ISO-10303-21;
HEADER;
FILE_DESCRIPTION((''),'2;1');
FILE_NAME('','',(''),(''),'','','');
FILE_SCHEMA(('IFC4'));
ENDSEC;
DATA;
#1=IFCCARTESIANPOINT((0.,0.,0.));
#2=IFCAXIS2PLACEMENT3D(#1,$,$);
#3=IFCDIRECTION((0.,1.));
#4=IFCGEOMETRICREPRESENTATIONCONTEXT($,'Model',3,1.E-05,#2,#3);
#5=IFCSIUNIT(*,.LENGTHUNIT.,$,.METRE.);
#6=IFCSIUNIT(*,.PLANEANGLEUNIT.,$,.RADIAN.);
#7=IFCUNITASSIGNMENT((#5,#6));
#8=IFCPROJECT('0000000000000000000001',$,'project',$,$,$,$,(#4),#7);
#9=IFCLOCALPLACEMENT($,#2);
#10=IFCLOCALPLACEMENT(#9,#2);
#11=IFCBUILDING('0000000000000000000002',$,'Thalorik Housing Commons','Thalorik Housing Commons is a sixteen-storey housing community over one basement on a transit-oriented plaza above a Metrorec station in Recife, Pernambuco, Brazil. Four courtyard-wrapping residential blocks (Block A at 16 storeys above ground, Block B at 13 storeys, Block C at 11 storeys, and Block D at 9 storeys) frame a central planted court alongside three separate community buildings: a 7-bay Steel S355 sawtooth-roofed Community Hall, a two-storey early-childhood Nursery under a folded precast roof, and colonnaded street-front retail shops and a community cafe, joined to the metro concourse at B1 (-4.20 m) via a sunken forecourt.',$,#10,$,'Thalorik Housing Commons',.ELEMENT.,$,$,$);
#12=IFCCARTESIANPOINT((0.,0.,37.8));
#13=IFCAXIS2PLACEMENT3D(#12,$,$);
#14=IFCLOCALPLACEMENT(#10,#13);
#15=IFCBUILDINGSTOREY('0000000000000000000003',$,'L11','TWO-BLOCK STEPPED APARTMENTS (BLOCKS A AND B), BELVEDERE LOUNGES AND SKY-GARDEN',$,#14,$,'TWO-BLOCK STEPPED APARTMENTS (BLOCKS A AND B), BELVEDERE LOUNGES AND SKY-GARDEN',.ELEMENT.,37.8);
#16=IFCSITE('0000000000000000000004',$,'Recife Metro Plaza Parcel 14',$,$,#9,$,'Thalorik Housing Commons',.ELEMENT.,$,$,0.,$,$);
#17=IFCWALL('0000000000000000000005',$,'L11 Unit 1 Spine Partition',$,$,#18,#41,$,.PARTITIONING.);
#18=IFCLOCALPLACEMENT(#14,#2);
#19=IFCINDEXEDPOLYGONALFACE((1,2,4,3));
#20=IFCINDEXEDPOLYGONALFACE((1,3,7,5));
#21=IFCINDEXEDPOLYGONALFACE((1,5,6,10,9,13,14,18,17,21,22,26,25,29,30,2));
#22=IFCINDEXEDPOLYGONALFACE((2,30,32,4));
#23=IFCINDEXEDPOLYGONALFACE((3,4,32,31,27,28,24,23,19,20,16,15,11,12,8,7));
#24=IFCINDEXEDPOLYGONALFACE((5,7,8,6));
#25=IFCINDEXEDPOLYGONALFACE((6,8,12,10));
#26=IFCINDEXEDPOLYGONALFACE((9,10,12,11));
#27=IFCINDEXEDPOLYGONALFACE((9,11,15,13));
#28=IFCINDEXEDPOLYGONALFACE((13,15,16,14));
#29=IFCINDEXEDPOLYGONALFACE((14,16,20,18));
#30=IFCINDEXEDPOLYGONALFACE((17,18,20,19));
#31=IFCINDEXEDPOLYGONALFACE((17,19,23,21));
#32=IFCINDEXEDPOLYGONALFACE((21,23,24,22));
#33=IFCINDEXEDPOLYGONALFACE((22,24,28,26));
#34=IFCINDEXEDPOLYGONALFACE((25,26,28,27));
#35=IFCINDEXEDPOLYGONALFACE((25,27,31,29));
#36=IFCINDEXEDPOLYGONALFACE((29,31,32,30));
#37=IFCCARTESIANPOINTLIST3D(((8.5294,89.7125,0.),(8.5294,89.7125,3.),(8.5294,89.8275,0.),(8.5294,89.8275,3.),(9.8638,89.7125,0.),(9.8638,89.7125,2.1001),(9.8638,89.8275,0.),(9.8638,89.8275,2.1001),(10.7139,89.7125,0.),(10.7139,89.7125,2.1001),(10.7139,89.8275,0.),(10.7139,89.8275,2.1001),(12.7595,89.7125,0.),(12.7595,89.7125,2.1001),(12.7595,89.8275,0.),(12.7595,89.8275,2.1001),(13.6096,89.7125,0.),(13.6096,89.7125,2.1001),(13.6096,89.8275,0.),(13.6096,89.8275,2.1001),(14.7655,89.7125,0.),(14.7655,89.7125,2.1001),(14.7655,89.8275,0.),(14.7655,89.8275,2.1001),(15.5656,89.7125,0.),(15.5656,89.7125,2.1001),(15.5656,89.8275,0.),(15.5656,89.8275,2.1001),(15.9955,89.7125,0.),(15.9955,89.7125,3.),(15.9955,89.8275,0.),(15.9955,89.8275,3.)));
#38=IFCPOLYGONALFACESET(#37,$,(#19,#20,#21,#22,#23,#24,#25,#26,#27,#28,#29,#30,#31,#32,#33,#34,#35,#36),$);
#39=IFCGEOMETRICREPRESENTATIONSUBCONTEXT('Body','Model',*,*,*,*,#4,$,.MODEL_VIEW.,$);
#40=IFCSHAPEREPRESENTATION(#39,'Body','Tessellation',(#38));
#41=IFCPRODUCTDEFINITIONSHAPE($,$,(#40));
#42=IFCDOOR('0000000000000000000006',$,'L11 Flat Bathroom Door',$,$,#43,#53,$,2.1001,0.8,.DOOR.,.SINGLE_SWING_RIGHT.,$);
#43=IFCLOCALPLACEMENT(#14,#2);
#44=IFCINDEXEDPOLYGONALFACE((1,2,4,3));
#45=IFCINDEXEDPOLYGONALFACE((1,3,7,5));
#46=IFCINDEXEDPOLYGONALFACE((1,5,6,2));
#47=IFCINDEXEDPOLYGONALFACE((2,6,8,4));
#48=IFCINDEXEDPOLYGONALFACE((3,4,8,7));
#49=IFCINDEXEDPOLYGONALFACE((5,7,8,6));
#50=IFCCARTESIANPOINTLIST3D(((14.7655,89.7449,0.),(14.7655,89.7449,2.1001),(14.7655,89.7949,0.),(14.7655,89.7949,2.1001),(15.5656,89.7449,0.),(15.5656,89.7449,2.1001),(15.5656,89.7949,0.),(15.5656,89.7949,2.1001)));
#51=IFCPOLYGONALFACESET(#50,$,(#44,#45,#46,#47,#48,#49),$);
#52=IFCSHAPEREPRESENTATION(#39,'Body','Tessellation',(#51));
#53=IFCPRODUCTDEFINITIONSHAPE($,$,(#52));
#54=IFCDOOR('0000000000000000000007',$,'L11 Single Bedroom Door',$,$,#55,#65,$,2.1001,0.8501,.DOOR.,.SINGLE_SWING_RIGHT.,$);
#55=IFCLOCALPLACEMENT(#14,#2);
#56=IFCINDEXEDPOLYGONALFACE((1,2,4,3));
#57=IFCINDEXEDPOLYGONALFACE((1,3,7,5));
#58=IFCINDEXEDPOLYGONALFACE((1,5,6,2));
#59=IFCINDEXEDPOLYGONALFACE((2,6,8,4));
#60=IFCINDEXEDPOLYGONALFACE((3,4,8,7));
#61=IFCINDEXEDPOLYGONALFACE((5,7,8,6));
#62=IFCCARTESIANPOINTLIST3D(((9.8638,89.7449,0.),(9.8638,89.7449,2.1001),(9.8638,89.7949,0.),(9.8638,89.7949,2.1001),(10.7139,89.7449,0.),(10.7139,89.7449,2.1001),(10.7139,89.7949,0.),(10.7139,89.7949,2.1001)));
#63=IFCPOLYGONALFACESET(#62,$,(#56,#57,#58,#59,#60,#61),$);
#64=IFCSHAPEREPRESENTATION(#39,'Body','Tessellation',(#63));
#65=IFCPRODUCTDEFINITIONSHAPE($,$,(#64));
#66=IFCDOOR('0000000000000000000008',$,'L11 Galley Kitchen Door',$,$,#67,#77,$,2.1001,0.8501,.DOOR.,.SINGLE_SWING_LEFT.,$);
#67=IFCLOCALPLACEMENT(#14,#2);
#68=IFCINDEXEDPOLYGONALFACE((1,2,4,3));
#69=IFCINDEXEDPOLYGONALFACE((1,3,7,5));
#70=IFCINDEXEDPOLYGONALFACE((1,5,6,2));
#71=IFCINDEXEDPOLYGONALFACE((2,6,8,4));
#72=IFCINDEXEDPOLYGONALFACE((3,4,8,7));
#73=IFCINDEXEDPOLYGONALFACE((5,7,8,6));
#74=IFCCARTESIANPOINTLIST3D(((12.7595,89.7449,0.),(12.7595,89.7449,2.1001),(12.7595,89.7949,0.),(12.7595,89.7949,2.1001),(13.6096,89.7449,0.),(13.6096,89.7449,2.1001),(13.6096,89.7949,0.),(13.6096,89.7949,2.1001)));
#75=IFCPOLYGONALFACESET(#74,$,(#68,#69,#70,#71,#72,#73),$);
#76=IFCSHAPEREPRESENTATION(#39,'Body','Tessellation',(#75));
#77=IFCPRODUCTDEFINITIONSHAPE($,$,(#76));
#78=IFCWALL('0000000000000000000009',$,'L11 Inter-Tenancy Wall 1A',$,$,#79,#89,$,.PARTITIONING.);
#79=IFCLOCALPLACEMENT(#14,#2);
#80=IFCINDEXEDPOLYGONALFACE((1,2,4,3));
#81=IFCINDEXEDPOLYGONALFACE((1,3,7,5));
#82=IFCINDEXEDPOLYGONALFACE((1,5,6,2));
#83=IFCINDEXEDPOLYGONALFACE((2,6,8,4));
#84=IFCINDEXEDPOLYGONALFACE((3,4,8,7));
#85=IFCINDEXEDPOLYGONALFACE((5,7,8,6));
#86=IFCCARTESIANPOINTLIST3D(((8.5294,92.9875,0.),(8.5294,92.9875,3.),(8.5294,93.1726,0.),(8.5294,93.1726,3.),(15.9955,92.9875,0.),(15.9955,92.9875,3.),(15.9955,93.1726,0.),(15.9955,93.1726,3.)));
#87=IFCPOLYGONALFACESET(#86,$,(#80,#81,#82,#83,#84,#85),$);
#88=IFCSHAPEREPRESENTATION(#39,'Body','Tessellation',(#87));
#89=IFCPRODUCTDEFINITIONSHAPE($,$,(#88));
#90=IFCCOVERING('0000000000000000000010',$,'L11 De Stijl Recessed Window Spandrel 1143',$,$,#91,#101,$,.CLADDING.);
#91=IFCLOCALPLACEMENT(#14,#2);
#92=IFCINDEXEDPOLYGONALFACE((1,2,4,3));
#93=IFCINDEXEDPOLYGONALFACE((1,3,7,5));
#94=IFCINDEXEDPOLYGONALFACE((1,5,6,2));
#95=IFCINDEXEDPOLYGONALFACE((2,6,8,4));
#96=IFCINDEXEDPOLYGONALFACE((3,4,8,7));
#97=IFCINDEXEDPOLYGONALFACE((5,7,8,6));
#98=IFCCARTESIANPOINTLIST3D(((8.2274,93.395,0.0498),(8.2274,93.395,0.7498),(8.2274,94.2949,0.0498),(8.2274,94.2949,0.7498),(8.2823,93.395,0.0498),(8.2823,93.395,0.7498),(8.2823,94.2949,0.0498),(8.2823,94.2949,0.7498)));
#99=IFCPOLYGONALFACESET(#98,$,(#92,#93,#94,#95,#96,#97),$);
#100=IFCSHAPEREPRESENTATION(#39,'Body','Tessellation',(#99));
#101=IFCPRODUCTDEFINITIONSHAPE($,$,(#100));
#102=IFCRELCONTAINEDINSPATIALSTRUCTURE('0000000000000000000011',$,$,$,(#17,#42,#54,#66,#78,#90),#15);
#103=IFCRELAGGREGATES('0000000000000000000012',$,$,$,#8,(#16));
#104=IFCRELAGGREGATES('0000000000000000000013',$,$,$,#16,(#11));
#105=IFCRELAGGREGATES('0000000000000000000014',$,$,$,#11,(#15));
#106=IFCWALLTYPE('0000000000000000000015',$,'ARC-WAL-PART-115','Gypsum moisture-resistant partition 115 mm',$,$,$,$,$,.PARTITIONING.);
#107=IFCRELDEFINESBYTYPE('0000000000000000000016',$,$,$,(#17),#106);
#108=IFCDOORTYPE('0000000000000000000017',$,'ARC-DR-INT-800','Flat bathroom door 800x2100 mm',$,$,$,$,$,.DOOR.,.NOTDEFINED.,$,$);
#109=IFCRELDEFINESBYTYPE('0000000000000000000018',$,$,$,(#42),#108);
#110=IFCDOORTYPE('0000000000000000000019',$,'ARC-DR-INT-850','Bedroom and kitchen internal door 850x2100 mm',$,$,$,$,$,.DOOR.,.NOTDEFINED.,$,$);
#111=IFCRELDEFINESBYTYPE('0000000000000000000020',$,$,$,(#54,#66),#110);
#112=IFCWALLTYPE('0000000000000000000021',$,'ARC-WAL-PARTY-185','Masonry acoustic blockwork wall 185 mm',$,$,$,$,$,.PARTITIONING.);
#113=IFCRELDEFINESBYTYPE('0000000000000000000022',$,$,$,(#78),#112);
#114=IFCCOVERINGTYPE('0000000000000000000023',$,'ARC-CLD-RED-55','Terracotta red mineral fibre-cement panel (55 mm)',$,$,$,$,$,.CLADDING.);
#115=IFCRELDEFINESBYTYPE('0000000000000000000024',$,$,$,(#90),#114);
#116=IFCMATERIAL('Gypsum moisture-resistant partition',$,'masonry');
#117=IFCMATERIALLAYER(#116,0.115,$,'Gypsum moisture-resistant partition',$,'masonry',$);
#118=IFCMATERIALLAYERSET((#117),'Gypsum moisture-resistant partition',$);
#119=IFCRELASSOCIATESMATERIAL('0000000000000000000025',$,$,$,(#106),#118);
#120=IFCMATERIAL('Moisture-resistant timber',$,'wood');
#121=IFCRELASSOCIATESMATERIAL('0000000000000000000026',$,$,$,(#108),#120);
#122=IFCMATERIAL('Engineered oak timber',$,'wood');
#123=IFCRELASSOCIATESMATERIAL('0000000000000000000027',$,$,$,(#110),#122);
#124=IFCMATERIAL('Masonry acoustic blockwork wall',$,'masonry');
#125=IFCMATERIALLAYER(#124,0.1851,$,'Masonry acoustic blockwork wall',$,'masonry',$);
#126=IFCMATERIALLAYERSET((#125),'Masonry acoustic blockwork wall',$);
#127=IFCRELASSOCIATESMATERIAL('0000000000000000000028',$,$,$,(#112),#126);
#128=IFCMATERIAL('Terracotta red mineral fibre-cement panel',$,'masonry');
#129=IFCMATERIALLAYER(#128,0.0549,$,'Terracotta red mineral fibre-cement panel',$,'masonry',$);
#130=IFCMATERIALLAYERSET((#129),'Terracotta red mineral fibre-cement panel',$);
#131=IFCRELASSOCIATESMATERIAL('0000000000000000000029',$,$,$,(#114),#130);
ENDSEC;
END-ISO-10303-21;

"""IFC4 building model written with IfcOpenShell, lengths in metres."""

from ifc_helpers import new_model, si_unit, direction, frame, frame_2d, origin, origin_2d, place, context, subcontext, project, spatial, rectangle, extrude, material, layer, layer_set, type_object, element, fill, save


model = new_model("IFC4")

# Units and contexts
model_context = context("Model", 3, precision=1e-05, world=origin(), true_north=direction((0.0, 1.0)))
body_context = subcontext(model_context, "Body", "Model", "MODEL_VIEW")
ifc_project = project(units=[si_unit("LENGTHUNIT", "METRE"), si_unit("PLANEANGLEUNIT", "RADIAN")], contexts=[model_context])

# Site, building, storey
site_placement = place(None, origin())
site = spatial("IfcSite", under=ifc_project, at=site_placement, Name="Recife Metro Plaza Parcel 14", LongName="Thalorik Housing Commons", CompositionType="ELEMENT", RefElevation=0.0)
building_placement = place(site_placement, origin())
building = spatial("IfcBuilding", under=site, at=building_placement, Name="Thalorik Housing Commons", Description="Thalorik Housing Commons is a sixteen-storey housing community over one basement on a transit-oriented plaza above a Metrorec station in Recife, Pernambuco, Brazil. Four courtyard-wrapping residential blocks (Block A at 16 storeys above ground, Block B at 13 storeys, Block C at 11 storeys, and Block D at 9 storeys) frame a central planted court alongside three separate community buildings: a 7-bay Steel S355 sawtooth-roofed Community Hall, a two-storey early-childhood Nursery under a folded precast roof, and colonnaded street-front retail shops and a community cafe, joined to the metro concourse at B1 (-4.20 m) via a sunken forecourt.", LongName="Thalorik Housing Commons", CompositionType="ELEMENT")
storey_placement = place(building_placement, frame((0.0, 0.0, 37.8)))
storey = spatial("IfcBuildingStorey", under=building, at=storey_placement, Name="L11", Description="TWO-BLOCK STEPPED APARTMENTS (BLOCKS A AND B), BELVEDERE LOUNGES AND SKY-GARDEN", LongName="TWO-BLOCK STEPPED APARTMENTS (BLOCKS A AND B), BELVEDERE LOUNGES AND SKY-GARDEN", CompositionType="ELEMENT", Elevation=37.8)

# Wall, openings, doors
ifc_material_1 = material(Name="Gypsum moisture-resistant partition", Category="masonry")
ifc_layer_1 = layer(ifc_material_1, 0.115, Name="Gypsum moisture-resistant partition", Category="masonry")
ifc_layer_set_1 = layer_set([ifc_layer_1], Name="Gypsum moisture-resistant partition")
wall_type_1 = type_object("IfcWallType", Name="ARC-WAL-PART-115", Description="Gypsum moisture-resistant partition 115 mm", PredefinedType="PARTITIONING", material=ifc_layer_set_1)
wall_1_placement = place(storey_placement, frame((8.5295, 89.77, 0.0), z_axis=(0.0, 0.0, 1.0), x_axis=(1.0, 0.0, 0.0)))
wall_1 = element("IfcWall", 1, at=wall_1_placement, inside=storey, type_object=wall_type_1, Name="L11 Unit 1 Spine Partition", PredefinedType="PARTITIONING", context=body_context, shape_type="SweptSolid", body=[
    extrude(rectangle(XDim=7.4661, YDim=0.115, at=frame_2d((3.7329, 0.0))), origin(), (0.0, 0.0, 1.0), 3.0),
])
opening_1_placement = place(wall_1_placement, frame((1.3342, 0.0, 0.0)))
opening_1 = element("IfcOpeningElement", 2, at=opening_1_placement, cuts=wall_1, PredefinedType="OPENING", context=body_context, shape_type="SweptSolid", body=[
    extrude(rectangle(XDim=0.8501, YDim=2.1001, at=frame_2d((0.425, 1.05))), frame((0.0, 0.0674, 0.0), z_axis=(0.0, -1.0, 0.0), x_axis=(1.0, 0.0, 0.0)), (0.0, 0.0, 1.0), 0.135),
])
opening_2_placement = place(wall_1_placement, frame((4.23, 0.0, 0.0)))
opening_2 = element("IfcOpeningElement", 3, at=opening_2_placement, cuts=wall_1, PredefinedType="OPENING", context=body_context, shape_type="SweptSolid", body=[
    extrude(rectangle(XDim=0.8501, YDim=2.1001, at=frame_2d((0.425, 1.05))), frame((0.0, 0.0674, 0.0), z_axis=(0.0, -1.0, 0.0), x_axis=(1.0, 0.0, 0.0)), (0.0, 0.0, 1.0), 0.135),
])
opening_3_placement = place(wall_1_placement, frame((6.2361, 0.0, 0.0)))
opening_3 = element("IfcOpeningElement", 4, at=opening_3_placement, cuts=wall_1, PredefinedType="OPENING", context=body_context, shape_type="SweptSolid", body=[
    extrude(rectangle(XDim=0.8, YDim=2.1001, at=frame_2d((0.3999, 1.05))), frame((0.0, 0.0674, 0.0), z_axis=(0.0, -1.0, 0.0), x_axis=(1.0, 0.0, 0.0)), (0.0, 0.0, 1.0), 0.135),
])
ifc_material_2 = material(Name="Moisture-resistant timber", Category="wood")
door_type_1 = type_object("IfcDoorType", Name="ARC-DR-INT-800", Description="Flat bathroom door 800x2100 mm", OperationType="NOTDEFINED", PredefinedType="DOOR", material=ifc_material_2)
door_1_placement = place(opening_3_placement, origin())
door_1 = element("IfcDoor", 5, at=door_1_placement, inside=storey, type_object=door_type_1, Name="L11 Flat Bathroom Door", OperationType="SINGLE_SWING_RIGHT", OverallHeight=2.1001, OverallWidth=0.8, PredefinedType="DOOR", context=body_context, shape_type="SweptSolid", body=[
    extrude(rectangle(XDim=0.8, YDim=2.1001, at=frame_2d((0.3999, 1.05))), frame((0.0, 0.0249, 0.0), z_axis=(0.0, -1.0, 0.0), x_axis=(1.0, 0.0, 0.0)), (0.0, 0.0, 1.0), 0.05),
])
fill(opening_3, door_1)
ifc_material_3 = material(Name="Engineered oak timber", Category="wood")
door_type_2 = type_object("IfcDoorType", Name="ARC-DR-INT-850", Description="Bedroom and kitchen internal door 850x2100 mm", OperationType="NOTDEFINED", PredefinedType="DOOR", material=ifc_material_3)
door_2_placement = place(opening_1_placement, origin())
door_2 = element("IfcDoor", 6, at=door_2_placement, inside=storey, type_object=door_type_2, Name="L11 Single Bedroom Door", OperationType="SINGLE_SWING_RIGHT", OverallHeight=2.1001, OverallWidth=0.8501, PredefinedType="DOOR", context=body_context, shape_type="SweptSolid", body=[
    extrude(rectangle(XDim=0.8501, YDim=2.1001, at=frame_2d((0.425, 1.05))), frame((0.0, 0.0249, 0.0), z_axis=(0.0, -1.0, 0.0), x_axis=(1.0, 0.0, 0.0)), (0.0, 0.0, 1.0), 0.05),
])
fill(opening_1, door_2)
door_3_placement = place(opening_2_placement, origin())
door_3 = element("IfcDoor", 7, at=door_3_placement, inside=storey, type_object=door_type_2, Name="L11 Galley Kitchen Door", OperationType="SINGLE_SWING_LEFT", OverallHeight=2.1001, OverallWidth=0.8501, PredefinedType="DOOR", context=body_context, shape_type="SweptSolid", body=[
    extrude(rectangle(XDim=0.8501, YDim=2.1001, at=frame_2d((0.425, 1.05))), frame((0.0, 0.0249, 0.0), z_axis=(0.0, -1.0, 0.0), x_axis=(1.0, 0.0, 0.0)), (0.0, 0.0, 1.0), 0.05),
])
fill(opening_2, door_3)

# Wall
ifc_material_4 = material(Name="Masonry acoustic blockwork wall", Category="masonry")
ifc_layer_2 = layer(ifc_material_4, 0.1851, Name="Masonry acoustic blockwork wall", Category="masonry")
ifc_layer_set_2 = layer_set([ifc_layer_2], Name="Masonry acoustic blockwork wall")
wall_type_2 = type_object("IfcWallType", Name="ARC-WAL-PARTY-185", Description="Masonry acoustic blockwork wall 185 mm", PredefinedType="PARTITIONING", material=ifc_layer_set_2)
wall_2_placement = place(storey_placement, frame((8.5295, 93.0801, 0.0), z_axis=(0.0, 0.0, 1.0), x_axis=(1.0, 0.0, 0.0)))
element("IfcWall", 8, at=wall_2_placement, inside=storey, type_object=wall_type_2, Name="L11 Inter-Tenancy Wall 1A", PredefinedType="PARTITIONING", context=body_context, shape_type="SweptSolid", body=[
    extrude(rectangle(XDim=7.4661, YDim=0.1851, at=frame_2d((3.7329, 0.0))), origin(), (0.0, 0.0, 1.0), 3.0),
])

# Covering
ifc_material_5 = material(Name="Terracotta red mineral fibre-cement panel", Category="masonry")
ifc_layer_3 = layer(ifc_material_5, 0.0549, Name="Terracotta red mineral fibre-cement panel", Category="masonry")
ifc_layer_set_3 = layer_set([ifc_layer_3], Name="Terracotta red mineral fibre-cement panel")
covering_type_1 = type_object("IfcCoveringType", Name="ARC-CLD-RED-55", Description="Terracotta red mineral fibre-cement panel (55 mm)", PredefinedType="CLADDING", material=ifc_layer_set_3)
covering_1_placement = place(storey_placement, frame((8.2549, 93.845, 0.0498), z_axis=(0.0, 0.0, 1.0), x_axis=(0.0, -1.0, 0.0)))
element("IfcCovering", 9, at=covering_1_placement, inside=storey, type_object=covering_type_1, Name="L11 De Stijl Recessed Window Spandrel 1143", PredefinedType="CLADDING", context=body_context, shape_type="SweptSolid", body=[
    extrude(rectangle(XDim=0.8999, YDim=0.0549, at=origin_2d()), origin(), (0.0, 0.0, 1.0), 0.7),
])

save(model, "model.ifc")
